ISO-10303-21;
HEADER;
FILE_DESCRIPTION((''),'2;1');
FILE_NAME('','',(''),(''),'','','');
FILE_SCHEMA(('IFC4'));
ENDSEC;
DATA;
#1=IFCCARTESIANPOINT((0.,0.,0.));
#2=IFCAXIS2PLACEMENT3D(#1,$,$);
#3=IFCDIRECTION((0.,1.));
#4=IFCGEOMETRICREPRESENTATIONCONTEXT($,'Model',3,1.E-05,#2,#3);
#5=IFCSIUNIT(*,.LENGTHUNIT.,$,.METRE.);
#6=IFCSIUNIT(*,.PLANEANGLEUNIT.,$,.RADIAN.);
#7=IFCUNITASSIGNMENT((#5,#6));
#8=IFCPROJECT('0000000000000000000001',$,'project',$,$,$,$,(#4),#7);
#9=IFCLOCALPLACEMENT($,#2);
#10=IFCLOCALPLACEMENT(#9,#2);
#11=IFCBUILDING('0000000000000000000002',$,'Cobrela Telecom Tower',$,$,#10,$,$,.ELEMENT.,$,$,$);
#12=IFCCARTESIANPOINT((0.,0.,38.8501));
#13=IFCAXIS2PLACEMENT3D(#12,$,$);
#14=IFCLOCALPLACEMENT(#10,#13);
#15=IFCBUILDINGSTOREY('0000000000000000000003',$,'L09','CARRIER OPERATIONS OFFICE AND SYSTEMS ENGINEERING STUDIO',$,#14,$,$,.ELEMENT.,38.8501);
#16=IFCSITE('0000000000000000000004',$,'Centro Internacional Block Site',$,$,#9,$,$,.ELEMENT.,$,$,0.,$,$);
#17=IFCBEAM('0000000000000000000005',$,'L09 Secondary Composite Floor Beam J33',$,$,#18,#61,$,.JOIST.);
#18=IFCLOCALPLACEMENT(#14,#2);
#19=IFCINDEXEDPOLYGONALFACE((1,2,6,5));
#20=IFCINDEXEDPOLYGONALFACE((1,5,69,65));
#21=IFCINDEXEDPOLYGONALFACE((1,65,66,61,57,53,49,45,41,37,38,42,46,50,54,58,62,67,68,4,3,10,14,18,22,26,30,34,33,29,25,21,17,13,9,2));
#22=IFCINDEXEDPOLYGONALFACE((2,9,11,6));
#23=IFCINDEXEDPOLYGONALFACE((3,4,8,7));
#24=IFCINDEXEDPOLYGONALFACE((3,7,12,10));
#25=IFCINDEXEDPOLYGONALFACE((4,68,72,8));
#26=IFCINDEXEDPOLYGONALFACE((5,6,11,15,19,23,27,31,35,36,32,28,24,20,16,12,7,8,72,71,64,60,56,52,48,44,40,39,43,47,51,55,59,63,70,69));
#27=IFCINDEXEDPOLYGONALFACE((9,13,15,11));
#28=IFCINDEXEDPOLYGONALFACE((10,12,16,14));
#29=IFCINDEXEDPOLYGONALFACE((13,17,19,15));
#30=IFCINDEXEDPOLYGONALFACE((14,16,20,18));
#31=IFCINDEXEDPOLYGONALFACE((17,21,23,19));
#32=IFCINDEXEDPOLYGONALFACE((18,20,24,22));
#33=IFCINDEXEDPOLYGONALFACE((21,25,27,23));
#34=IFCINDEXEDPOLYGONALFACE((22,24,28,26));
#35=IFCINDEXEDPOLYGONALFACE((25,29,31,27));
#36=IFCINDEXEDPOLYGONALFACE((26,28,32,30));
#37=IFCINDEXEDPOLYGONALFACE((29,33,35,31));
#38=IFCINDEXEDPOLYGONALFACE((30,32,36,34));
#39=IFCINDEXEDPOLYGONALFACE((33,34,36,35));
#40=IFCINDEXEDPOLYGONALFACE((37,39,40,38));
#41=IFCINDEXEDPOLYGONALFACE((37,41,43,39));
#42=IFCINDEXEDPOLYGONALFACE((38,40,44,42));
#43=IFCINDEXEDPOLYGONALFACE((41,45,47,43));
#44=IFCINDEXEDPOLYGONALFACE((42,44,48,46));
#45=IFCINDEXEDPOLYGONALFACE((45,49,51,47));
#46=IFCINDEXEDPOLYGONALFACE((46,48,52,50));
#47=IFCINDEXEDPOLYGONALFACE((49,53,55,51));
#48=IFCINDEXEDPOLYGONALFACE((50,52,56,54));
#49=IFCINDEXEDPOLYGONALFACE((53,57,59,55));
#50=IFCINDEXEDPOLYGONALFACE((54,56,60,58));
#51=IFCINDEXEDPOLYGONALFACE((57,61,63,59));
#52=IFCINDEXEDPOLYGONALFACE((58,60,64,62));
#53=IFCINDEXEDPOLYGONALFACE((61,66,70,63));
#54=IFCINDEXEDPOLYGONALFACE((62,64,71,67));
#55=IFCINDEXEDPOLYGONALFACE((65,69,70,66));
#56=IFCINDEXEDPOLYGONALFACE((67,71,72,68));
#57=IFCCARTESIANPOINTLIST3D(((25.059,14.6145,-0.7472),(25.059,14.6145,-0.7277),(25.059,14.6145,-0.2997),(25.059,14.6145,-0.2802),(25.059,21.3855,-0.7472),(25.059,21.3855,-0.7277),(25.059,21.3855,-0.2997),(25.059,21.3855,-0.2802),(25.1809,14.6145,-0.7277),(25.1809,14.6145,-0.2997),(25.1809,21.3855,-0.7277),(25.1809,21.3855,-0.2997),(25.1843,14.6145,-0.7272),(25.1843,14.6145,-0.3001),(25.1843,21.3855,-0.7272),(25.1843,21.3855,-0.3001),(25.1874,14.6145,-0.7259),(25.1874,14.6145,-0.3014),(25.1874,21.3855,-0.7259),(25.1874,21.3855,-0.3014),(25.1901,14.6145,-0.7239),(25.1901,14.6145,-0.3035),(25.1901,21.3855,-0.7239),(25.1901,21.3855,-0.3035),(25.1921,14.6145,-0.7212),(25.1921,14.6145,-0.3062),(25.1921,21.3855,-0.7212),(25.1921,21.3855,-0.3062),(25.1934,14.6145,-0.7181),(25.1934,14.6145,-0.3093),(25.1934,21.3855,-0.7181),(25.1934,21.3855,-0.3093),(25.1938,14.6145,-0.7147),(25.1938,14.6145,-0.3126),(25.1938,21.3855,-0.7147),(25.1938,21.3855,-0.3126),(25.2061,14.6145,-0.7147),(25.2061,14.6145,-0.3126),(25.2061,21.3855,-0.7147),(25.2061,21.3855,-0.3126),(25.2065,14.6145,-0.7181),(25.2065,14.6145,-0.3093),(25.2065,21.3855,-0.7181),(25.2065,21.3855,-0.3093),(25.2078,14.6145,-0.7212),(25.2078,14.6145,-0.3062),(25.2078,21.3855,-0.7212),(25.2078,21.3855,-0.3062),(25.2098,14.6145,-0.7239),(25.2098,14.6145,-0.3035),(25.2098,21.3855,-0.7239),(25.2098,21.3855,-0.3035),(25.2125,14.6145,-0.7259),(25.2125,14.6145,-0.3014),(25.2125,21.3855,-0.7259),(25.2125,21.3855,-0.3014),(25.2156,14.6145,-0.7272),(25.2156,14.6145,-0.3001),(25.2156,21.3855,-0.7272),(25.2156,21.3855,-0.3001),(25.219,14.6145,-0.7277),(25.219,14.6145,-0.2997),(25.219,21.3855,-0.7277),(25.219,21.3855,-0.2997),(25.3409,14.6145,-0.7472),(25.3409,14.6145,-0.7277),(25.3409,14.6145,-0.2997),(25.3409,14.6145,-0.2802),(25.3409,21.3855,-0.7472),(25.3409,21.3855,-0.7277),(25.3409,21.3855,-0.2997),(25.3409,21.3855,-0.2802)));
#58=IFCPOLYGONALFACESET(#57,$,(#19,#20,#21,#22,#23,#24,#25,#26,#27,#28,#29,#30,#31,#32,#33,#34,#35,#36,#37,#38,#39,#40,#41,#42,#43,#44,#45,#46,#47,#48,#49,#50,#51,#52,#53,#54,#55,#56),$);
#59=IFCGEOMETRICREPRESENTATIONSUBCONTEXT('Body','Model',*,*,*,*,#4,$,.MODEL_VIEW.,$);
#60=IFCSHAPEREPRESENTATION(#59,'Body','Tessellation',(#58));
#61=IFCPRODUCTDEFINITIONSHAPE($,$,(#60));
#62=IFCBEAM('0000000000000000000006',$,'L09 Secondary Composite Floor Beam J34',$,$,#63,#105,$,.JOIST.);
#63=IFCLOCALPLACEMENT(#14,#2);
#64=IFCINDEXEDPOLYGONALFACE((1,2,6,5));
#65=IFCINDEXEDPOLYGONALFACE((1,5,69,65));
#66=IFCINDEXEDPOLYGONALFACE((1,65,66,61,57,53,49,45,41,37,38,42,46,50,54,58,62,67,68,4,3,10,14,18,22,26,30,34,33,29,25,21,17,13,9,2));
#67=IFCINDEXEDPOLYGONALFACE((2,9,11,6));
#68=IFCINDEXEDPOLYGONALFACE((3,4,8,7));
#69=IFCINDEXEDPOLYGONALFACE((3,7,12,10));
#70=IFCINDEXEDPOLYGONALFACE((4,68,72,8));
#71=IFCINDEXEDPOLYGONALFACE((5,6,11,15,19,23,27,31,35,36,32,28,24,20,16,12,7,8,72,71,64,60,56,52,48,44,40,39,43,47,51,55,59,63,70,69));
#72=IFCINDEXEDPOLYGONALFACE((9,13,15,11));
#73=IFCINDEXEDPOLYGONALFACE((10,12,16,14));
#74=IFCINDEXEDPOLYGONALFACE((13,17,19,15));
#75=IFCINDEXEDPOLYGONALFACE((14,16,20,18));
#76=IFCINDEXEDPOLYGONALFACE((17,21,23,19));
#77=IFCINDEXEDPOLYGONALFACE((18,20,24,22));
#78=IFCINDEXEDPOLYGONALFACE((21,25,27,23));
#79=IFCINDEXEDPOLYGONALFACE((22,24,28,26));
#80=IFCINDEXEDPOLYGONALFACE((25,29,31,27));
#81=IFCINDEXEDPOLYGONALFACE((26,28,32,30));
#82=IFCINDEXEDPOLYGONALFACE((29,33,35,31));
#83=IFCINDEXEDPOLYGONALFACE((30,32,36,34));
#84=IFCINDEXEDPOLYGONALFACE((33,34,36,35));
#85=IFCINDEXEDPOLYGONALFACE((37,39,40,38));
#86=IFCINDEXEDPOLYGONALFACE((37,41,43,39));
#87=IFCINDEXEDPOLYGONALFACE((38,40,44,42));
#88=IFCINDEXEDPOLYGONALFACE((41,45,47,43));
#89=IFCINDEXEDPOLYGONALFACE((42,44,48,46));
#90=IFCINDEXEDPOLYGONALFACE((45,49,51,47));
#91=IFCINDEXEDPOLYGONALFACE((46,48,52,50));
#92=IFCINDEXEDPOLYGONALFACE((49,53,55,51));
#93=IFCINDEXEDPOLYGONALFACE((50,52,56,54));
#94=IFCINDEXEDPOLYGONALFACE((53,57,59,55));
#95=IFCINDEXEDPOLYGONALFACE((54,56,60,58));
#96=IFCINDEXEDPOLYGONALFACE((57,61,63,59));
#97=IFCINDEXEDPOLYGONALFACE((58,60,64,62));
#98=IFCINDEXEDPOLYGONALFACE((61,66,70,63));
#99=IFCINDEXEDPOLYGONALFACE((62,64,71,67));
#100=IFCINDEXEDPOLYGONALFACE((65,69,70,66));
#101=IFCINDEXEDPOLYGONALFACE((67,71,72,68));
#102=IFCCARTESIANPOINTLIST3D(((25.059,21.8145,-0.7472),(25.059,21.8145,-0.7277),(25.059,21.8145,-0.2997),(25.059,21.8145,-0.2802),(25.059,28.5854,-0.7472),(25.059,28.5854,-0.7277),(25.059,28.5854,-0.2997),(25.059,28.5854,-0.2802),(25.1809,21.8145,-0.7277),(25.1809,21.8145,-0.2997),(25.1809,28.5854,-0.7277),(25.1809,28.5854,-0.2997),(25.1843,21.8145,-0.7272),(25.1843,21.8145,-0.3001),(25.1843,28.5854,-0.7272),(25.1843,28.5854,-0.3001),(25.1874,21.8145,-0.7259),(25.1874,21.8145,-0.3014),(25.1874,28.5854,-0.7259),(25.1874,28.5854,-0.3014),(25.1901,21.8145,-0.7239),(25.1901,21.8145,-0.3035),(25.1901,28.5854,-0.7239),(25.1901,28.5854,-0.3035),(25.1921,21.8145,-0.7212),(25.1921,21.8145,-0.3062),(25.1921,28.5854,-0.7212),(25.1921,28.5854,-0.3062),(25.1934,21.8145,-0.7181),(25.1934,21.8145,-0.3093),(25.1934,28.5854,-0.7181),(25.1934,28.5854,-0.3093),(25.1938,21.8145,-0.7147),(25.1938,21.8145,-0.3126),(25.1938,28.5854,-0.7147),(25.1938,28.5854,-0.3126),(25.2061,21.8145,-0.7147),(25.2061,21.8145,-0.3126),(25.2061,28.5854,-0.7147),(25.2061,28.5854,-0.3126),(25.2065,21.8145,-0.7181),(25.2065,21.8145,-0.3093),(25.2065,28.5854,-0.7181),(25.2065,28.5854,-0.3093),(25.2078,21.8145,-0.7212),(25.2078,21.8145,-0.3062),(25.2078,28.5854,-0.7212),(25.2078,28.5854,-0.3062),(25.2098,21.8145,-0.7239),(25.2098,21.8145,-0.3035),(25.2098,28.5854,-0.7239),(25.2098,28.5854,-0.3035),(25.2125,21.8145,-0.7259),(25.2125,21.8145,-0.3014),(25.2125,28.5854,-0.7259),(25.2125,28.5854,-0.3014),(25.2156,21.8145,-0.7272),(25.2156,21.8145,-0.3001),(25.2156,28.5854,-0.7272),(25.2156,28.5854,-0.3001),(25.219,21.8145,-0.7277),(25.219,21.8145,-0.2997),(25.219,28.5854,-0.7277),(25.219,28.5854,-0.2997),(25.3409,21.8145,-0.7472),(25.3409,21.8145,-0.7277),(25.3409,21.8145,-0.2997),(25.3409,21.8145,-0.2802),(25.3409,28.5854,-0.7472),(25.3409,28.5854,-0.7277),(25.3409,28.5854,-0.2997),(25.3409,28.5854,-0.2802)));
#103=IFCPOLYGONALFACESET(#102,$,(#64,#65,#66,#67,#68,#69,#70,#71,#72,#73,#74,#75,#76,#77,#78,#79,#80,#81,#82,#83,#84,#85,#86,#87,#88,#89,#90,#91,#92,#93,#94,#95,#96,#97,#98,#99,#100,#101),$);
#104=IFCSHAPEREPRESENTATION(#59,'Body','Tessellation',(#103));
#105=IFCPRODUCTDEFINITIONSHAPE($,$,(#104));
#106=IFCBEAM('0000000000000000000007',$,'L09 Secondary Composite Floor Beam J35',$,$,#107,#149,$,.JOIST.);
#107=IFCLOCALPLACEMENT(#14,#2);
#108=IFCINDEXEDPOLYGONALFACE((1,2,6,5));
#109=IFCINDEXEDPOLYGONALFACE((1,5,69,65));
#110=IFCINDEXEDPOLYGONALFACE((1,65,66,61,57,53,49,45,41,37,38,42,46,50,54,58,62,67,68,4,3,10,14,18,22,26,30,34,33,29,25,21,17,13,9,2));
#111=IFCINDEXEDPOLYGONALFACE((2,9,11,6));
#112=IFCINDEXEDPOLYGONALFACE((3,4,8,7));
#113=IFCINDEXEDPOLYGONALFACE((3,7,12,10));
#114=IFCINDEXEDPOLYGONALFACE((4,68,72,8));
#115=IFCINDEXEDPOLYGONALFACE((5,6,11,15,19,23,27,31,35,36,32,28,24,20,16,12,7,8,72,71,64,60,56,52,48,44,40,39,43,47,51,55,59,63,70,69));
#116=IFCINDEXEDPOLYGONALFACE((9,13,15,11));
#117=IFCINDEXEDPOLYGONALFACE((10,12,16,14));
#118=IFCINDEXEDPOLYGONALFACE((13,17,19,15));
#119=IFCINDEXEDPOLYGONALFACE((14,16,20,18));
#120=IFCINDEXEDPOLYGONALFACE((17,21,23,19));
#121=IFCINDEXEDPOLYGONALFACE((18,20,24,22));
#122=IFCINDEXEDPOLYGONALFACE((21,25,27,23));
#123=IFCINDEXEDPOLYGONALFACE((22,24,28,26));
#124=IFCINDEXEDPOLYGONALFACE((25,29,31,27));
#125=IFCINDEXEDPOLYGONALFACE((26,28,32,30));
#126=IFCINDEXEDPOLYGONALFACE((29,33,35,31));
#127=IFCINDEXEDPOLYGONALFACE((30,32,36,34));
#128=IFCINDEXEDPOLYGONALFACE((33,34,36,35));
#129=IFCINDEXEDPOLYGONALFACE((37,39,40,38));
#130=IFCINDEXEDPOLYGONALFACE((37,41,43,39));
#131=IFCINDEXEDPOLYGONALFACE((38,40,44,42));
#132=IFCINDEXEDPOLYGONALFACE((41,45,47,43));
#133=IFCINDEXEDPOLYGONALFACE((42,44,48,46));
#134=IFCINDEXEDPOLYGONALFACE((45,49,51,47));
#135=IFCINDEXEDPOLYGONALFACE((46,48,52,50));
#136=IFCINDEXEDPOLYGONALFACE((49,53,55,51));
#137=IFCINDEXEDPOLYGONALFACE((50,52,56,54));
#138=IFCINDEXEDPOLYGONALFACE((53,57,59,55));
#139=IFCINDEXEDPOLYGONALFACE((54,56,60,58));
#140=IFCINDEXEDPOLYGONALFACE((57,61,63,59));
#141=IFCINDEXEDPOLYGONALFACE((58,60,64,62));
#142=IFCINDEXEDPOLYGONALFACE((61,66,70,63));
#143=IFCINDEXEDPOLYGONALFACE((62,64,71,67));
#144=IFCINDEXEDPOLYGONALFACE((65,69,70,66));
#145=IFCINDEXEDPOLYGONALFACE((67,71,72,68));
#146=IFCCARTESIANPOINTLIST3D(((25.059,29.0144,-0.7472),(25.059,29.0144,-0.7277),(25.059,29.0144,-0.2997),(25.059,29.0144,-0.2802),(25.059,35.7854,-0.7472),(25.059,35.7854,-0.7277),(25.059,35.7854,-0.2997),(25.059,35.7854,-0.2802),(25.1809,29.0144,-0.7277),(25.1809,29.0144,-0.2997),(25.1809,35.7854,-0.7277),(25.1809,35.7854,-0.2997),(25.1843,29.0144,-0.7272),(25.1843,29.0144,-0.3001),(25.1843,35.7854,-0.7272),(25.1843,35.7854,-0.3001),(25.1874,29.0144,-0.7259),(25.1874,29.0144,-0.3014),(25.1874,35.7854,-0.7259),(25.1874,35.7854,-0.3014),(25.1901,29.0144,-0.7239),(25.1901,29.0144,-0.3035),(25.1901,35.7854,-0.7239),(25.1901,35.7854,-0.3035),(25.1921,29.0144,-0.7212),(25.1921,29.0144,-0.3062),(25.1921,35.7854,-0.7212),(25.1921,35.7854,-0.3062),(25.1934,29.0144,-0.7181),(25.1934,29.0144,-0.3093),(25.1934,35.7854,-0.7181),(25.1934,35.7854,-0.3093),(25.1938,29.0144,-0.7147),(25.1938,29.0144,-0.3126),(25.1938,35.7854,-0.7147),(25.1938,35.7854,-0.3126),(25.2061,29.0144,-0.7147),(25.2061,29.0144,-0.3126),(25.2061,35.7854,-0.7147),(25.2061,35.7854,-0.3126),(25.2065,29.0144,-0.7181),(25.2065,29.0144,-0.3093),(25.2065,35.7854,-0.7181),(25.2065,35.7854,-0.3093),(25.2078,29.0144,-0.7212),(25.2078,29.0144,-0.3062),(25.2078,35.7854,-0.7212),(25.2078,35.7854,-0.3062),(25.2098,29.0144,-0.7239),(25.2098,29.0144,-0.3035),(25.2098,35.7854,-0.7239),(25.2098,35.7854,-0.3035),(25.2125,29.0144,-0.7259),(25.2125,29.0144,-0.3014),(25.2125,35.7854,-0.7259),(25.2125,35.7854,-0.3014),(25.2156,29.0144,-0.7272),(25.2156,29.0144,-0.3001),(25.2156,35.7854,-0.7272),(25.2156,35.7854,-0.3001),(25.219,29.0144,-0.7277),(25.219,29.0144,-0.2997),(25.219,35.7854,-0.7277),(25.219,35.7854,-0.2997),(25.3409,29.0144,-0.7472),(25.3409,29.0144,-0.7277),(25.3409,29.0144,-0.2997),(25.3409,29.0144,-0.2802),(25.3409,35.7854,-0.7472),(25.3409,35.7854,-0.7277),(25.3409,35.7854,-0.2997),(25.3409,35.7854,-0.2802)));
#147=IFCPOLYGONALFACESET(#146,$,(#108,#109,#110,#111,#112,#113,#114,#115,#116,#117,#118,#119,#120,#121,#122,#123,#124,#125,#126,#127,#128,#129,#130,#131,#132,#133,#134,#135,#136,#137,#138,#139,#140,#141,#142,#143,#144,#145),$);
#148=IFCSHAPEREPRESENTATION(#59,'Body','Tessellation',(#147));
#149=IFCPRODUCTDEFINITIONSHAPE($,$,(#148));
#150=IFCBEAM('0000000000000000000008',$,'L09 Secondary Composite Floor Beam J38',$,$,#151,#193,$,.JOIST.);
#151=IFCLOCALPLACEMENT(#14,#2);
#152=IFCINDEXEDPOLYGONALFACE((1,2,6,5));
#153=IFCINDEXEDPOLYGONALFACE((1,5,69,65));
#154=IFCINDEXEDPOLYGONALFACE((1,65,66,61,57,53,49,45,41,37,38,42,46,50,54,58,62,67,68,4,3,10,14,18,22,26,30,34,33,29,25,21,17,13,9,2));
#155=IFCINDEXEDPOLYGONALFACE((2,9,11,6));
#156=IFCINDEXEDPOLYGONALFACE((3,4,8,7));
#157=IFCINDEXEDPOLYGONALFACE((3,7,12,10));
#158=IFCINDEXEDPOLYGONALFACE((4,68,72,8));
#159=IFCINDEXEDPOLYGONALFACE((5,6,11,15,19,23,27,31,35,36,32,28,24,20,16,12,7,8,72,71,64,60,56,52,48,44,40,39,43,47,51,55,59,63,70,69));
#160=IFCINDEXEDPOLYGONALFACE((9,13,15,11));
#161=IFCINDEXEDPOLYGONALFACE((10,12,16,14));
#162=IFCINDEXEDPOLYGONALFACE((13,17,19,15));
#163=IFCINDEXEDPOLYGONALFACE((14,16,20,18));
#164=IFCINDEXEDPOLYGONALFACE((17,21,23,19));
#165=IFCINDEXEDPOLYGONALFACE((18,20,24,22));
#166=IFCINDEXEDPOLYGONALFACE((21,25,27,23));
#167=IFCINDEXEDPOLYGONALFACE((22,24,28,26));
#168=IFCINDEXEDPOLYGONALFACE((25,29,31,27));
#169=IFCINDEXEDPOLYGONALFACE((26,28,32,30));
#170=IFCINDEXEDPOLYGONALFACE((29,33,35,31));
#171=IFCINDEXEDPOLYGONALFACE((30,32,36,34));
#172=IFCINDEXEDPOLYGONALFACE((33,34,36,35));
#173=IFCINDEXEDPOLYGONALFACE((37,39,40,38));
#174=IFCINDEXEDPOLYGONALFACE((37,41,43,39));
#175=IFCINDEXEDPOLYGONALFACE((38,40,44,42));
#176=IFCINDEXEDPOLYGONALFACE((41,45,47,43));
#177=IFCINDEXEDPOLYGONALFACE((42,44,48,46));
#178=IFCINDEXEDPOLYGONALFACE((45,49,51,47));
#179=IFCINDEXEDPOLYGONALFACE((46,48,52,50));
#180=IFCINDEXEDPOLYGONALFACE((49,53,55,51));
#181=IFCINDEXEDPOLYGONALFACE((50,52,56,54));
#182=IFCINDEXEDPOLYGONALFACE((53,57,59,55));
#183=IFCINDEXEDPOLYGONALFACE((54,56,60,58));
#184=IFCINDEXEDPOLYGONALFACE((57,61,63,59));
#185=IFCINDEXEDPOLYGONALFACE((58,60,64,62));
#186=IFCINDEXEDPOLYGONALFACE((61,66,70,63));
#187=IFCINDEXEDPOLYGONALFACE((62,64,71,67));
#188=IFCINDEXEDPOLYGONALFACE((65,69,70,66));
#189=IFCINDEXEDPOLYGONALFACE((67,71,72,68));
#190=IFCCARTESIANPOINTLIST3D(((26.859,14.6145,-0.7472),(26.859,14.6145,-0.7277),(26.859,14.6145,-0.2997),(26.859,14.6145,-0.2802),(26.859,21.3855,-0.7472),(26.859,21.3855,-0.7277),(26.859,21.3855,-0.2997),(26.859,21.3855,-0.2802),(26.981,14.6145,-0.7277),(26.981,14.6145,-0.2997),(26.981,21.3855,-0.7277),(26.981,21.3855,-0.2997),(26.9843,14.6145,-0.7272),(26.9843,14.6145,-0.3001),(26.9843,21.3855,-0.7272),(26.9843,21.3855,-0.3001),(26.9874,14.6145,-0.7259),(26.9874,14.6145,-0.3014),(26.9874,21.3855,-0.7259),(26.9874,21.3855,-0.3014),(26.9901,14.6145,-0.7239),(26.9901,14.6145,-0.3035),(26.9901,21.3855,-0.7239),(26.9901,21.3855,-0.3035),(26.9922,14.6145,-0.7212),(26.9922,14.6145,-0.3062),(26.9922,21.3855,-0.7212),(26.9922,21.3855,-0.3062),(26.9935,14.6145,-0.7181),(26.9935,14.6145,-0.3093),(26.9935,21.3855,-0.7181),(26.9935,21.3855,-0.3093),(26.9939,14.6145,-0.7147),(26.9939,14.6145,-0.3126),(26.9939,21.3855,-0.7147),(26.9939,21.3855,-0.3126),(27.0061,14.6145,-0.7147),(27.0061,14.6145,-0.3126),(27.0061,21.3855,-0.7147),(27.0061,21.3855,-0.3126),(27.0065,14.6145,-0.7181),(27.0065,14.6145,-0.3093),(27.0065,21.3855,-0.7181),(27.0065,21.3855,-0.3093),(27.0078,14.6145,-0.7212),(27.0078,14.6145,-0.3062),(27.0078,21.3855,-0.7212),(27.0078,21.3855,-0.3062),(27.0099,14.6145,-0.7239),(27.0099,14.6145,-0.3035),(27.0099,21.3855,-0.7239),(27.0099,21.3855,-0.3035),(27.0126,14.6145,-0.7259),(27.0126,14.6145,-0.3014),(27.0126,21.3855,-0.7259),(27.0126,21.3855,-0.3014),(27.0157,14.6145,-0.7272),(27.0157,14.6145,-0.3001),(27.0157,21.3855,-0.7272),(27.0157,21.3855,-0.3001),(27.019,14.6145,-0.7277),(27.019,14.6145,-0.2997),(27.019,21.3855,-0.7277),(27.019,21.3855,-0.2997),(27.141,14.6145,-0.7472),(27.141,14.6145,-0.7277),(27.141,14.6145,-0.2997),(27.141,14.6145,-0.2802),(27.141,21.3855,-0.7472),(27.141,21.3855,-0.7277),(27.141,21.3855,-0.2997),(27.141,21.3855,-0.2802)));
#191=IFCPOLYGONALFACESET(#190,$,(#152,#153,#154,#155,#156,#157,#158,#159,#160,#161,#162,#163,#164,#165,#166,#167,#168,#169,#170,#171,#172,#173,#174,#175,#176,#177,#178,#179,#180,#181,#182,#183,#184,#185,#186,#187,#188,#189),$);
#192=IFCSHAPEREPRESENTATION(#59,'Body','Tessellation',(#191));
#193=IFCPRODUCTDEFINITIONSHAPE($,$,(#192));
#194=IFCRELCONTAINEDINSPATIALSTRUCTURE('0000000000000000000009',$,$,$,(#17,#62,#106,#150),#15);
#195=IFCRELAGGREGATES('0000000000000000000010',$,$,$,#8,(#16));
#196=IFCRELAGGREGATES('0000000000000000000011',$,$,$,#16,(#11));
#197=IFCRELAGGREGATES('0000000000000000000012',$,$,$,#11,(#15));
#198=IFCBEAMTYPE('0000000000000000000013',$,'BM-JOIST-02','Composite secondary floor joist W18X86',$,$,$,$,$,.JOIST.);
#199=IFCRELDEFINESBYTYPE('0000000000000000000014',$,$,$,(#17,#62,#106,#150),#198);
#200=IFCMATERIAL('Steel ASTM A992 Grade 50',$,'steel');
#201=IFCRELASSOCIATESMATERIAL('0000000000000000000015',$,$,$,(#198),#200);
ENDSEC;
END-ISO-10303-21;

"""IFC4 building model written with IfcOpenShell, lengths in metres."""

from ifc_helpers import new_model, si_unit, direction, frame, origin, origin_2d, place, context, subcontext, project, spatial, i_section, extrude, material, material_profile, profile_set, type_object, element, save


model = new_model("IFC4")

# Units and contexts
model_context = context("Model", 3, precision=1e-05, world=origin(), true_north=direction((0.0, 1.0)))
body_context = subcontext(model_context, "Body", "Model", "MODEL_VIEW")
ifc_project = project(units=[si_unit("LENGTHUNIT", "METRE"), si_unit("PLANEANGLEUNIT", "RADIAN")], contexts=[model_context])

# Site, building, storey
site_placement = place(None, origin())
site = spatial("IfcSite", under=ifc_project, at=site_placement, Name="Centro Internacional Block Site", CompositionType="ELEMENT", RefElevation=0.0)
building_placement = place(site_placement, origin())
building = spatial("IfcBuilding", under=site, at=building_placement, Name="Cobrela Telecom Tower", CompositionType="ELEMENT")
storey_placement = place(building_placement, frame((0.0, 0.0, 38.8501)))
storey = spatial("IfcBuildingStorey", under=building, at=storey_placement, Name="L09", Description="CARRIER OPERATIONS OFFICE AND SYSTEMS ENGINEERING STUDIO", CompositionType="ELEMENT", Elevation=38.8501)

# Shared definitions
ifc_material_1 = material(Name="Steel ASTM A992 Grade 50", Category="steel")

# Beams
ifc_material_profile_1 = material_profile(ifc_material_1, i_section(OverallWidth=0.282, OverallDepth=0.467, WebThickness=0.0122, FlangeThickness=0.0195, FilletRadius=0.0129, at=origin_2d()), Name="W18X86")
ifc_profile_set_1 = profile_set([ifc_material_profile_1], Name="Steel ASTM A992 Grade 50")
beam_type_1 = type_object("IfcBeamType", Name="BM-JOIST-02", Description="Composite secondary floor joist W18X86", PredefinedType="JOIST", material=ifc_profile_set_1)
for number, where, z_axis, x_axis, name in (
    (1, (25.2, 14.6145, -0.5137), (0.0, 1.0, 0.0), (-1.0, 0.0, 0.0), "L09 Secondary Composite Floor Beam J33"),
    (2, (25.2, 21.8145, -0.5137), (0.0, 1.0, 0.0), (-1.0, 0.0, 0.0), "L09 Secondary Composite Floor Beam J34"),
    (3, (25.2, 29.0144, -0.5137), (0.0, 1.0, 0.0), (-1.0, 0.0, 0.0), "L09 Secondary Composite Floor Beam J35"),
    (4, (27.0, 14.6145, -0.5137), (0.0, 1.0, 0.0), (-1.0, 0.0, 0.0), "L09 Secondary Composite Floor Beam J38"),
):
    element("IfcBeam", number, at=place(storey_placement, frame(where, z_axis=z_axis, x_axis=x_axis)), inside=storey, type_object=beam_type_1, Name=name, PredefinedType="JOIST", context=body_context, shape_type="SweptSolid", body=[
        extrude(i_section(OverallWidth=0.282, OverallDepth=0.467, WebThickness=0.0122, FlangeThickness=0.0195, FilletRadius=0.0129, at=origin_2d()), origin(), (0.0, 0.0, 1.0), 6.771),
    ])

save(model, "model.ifc")
